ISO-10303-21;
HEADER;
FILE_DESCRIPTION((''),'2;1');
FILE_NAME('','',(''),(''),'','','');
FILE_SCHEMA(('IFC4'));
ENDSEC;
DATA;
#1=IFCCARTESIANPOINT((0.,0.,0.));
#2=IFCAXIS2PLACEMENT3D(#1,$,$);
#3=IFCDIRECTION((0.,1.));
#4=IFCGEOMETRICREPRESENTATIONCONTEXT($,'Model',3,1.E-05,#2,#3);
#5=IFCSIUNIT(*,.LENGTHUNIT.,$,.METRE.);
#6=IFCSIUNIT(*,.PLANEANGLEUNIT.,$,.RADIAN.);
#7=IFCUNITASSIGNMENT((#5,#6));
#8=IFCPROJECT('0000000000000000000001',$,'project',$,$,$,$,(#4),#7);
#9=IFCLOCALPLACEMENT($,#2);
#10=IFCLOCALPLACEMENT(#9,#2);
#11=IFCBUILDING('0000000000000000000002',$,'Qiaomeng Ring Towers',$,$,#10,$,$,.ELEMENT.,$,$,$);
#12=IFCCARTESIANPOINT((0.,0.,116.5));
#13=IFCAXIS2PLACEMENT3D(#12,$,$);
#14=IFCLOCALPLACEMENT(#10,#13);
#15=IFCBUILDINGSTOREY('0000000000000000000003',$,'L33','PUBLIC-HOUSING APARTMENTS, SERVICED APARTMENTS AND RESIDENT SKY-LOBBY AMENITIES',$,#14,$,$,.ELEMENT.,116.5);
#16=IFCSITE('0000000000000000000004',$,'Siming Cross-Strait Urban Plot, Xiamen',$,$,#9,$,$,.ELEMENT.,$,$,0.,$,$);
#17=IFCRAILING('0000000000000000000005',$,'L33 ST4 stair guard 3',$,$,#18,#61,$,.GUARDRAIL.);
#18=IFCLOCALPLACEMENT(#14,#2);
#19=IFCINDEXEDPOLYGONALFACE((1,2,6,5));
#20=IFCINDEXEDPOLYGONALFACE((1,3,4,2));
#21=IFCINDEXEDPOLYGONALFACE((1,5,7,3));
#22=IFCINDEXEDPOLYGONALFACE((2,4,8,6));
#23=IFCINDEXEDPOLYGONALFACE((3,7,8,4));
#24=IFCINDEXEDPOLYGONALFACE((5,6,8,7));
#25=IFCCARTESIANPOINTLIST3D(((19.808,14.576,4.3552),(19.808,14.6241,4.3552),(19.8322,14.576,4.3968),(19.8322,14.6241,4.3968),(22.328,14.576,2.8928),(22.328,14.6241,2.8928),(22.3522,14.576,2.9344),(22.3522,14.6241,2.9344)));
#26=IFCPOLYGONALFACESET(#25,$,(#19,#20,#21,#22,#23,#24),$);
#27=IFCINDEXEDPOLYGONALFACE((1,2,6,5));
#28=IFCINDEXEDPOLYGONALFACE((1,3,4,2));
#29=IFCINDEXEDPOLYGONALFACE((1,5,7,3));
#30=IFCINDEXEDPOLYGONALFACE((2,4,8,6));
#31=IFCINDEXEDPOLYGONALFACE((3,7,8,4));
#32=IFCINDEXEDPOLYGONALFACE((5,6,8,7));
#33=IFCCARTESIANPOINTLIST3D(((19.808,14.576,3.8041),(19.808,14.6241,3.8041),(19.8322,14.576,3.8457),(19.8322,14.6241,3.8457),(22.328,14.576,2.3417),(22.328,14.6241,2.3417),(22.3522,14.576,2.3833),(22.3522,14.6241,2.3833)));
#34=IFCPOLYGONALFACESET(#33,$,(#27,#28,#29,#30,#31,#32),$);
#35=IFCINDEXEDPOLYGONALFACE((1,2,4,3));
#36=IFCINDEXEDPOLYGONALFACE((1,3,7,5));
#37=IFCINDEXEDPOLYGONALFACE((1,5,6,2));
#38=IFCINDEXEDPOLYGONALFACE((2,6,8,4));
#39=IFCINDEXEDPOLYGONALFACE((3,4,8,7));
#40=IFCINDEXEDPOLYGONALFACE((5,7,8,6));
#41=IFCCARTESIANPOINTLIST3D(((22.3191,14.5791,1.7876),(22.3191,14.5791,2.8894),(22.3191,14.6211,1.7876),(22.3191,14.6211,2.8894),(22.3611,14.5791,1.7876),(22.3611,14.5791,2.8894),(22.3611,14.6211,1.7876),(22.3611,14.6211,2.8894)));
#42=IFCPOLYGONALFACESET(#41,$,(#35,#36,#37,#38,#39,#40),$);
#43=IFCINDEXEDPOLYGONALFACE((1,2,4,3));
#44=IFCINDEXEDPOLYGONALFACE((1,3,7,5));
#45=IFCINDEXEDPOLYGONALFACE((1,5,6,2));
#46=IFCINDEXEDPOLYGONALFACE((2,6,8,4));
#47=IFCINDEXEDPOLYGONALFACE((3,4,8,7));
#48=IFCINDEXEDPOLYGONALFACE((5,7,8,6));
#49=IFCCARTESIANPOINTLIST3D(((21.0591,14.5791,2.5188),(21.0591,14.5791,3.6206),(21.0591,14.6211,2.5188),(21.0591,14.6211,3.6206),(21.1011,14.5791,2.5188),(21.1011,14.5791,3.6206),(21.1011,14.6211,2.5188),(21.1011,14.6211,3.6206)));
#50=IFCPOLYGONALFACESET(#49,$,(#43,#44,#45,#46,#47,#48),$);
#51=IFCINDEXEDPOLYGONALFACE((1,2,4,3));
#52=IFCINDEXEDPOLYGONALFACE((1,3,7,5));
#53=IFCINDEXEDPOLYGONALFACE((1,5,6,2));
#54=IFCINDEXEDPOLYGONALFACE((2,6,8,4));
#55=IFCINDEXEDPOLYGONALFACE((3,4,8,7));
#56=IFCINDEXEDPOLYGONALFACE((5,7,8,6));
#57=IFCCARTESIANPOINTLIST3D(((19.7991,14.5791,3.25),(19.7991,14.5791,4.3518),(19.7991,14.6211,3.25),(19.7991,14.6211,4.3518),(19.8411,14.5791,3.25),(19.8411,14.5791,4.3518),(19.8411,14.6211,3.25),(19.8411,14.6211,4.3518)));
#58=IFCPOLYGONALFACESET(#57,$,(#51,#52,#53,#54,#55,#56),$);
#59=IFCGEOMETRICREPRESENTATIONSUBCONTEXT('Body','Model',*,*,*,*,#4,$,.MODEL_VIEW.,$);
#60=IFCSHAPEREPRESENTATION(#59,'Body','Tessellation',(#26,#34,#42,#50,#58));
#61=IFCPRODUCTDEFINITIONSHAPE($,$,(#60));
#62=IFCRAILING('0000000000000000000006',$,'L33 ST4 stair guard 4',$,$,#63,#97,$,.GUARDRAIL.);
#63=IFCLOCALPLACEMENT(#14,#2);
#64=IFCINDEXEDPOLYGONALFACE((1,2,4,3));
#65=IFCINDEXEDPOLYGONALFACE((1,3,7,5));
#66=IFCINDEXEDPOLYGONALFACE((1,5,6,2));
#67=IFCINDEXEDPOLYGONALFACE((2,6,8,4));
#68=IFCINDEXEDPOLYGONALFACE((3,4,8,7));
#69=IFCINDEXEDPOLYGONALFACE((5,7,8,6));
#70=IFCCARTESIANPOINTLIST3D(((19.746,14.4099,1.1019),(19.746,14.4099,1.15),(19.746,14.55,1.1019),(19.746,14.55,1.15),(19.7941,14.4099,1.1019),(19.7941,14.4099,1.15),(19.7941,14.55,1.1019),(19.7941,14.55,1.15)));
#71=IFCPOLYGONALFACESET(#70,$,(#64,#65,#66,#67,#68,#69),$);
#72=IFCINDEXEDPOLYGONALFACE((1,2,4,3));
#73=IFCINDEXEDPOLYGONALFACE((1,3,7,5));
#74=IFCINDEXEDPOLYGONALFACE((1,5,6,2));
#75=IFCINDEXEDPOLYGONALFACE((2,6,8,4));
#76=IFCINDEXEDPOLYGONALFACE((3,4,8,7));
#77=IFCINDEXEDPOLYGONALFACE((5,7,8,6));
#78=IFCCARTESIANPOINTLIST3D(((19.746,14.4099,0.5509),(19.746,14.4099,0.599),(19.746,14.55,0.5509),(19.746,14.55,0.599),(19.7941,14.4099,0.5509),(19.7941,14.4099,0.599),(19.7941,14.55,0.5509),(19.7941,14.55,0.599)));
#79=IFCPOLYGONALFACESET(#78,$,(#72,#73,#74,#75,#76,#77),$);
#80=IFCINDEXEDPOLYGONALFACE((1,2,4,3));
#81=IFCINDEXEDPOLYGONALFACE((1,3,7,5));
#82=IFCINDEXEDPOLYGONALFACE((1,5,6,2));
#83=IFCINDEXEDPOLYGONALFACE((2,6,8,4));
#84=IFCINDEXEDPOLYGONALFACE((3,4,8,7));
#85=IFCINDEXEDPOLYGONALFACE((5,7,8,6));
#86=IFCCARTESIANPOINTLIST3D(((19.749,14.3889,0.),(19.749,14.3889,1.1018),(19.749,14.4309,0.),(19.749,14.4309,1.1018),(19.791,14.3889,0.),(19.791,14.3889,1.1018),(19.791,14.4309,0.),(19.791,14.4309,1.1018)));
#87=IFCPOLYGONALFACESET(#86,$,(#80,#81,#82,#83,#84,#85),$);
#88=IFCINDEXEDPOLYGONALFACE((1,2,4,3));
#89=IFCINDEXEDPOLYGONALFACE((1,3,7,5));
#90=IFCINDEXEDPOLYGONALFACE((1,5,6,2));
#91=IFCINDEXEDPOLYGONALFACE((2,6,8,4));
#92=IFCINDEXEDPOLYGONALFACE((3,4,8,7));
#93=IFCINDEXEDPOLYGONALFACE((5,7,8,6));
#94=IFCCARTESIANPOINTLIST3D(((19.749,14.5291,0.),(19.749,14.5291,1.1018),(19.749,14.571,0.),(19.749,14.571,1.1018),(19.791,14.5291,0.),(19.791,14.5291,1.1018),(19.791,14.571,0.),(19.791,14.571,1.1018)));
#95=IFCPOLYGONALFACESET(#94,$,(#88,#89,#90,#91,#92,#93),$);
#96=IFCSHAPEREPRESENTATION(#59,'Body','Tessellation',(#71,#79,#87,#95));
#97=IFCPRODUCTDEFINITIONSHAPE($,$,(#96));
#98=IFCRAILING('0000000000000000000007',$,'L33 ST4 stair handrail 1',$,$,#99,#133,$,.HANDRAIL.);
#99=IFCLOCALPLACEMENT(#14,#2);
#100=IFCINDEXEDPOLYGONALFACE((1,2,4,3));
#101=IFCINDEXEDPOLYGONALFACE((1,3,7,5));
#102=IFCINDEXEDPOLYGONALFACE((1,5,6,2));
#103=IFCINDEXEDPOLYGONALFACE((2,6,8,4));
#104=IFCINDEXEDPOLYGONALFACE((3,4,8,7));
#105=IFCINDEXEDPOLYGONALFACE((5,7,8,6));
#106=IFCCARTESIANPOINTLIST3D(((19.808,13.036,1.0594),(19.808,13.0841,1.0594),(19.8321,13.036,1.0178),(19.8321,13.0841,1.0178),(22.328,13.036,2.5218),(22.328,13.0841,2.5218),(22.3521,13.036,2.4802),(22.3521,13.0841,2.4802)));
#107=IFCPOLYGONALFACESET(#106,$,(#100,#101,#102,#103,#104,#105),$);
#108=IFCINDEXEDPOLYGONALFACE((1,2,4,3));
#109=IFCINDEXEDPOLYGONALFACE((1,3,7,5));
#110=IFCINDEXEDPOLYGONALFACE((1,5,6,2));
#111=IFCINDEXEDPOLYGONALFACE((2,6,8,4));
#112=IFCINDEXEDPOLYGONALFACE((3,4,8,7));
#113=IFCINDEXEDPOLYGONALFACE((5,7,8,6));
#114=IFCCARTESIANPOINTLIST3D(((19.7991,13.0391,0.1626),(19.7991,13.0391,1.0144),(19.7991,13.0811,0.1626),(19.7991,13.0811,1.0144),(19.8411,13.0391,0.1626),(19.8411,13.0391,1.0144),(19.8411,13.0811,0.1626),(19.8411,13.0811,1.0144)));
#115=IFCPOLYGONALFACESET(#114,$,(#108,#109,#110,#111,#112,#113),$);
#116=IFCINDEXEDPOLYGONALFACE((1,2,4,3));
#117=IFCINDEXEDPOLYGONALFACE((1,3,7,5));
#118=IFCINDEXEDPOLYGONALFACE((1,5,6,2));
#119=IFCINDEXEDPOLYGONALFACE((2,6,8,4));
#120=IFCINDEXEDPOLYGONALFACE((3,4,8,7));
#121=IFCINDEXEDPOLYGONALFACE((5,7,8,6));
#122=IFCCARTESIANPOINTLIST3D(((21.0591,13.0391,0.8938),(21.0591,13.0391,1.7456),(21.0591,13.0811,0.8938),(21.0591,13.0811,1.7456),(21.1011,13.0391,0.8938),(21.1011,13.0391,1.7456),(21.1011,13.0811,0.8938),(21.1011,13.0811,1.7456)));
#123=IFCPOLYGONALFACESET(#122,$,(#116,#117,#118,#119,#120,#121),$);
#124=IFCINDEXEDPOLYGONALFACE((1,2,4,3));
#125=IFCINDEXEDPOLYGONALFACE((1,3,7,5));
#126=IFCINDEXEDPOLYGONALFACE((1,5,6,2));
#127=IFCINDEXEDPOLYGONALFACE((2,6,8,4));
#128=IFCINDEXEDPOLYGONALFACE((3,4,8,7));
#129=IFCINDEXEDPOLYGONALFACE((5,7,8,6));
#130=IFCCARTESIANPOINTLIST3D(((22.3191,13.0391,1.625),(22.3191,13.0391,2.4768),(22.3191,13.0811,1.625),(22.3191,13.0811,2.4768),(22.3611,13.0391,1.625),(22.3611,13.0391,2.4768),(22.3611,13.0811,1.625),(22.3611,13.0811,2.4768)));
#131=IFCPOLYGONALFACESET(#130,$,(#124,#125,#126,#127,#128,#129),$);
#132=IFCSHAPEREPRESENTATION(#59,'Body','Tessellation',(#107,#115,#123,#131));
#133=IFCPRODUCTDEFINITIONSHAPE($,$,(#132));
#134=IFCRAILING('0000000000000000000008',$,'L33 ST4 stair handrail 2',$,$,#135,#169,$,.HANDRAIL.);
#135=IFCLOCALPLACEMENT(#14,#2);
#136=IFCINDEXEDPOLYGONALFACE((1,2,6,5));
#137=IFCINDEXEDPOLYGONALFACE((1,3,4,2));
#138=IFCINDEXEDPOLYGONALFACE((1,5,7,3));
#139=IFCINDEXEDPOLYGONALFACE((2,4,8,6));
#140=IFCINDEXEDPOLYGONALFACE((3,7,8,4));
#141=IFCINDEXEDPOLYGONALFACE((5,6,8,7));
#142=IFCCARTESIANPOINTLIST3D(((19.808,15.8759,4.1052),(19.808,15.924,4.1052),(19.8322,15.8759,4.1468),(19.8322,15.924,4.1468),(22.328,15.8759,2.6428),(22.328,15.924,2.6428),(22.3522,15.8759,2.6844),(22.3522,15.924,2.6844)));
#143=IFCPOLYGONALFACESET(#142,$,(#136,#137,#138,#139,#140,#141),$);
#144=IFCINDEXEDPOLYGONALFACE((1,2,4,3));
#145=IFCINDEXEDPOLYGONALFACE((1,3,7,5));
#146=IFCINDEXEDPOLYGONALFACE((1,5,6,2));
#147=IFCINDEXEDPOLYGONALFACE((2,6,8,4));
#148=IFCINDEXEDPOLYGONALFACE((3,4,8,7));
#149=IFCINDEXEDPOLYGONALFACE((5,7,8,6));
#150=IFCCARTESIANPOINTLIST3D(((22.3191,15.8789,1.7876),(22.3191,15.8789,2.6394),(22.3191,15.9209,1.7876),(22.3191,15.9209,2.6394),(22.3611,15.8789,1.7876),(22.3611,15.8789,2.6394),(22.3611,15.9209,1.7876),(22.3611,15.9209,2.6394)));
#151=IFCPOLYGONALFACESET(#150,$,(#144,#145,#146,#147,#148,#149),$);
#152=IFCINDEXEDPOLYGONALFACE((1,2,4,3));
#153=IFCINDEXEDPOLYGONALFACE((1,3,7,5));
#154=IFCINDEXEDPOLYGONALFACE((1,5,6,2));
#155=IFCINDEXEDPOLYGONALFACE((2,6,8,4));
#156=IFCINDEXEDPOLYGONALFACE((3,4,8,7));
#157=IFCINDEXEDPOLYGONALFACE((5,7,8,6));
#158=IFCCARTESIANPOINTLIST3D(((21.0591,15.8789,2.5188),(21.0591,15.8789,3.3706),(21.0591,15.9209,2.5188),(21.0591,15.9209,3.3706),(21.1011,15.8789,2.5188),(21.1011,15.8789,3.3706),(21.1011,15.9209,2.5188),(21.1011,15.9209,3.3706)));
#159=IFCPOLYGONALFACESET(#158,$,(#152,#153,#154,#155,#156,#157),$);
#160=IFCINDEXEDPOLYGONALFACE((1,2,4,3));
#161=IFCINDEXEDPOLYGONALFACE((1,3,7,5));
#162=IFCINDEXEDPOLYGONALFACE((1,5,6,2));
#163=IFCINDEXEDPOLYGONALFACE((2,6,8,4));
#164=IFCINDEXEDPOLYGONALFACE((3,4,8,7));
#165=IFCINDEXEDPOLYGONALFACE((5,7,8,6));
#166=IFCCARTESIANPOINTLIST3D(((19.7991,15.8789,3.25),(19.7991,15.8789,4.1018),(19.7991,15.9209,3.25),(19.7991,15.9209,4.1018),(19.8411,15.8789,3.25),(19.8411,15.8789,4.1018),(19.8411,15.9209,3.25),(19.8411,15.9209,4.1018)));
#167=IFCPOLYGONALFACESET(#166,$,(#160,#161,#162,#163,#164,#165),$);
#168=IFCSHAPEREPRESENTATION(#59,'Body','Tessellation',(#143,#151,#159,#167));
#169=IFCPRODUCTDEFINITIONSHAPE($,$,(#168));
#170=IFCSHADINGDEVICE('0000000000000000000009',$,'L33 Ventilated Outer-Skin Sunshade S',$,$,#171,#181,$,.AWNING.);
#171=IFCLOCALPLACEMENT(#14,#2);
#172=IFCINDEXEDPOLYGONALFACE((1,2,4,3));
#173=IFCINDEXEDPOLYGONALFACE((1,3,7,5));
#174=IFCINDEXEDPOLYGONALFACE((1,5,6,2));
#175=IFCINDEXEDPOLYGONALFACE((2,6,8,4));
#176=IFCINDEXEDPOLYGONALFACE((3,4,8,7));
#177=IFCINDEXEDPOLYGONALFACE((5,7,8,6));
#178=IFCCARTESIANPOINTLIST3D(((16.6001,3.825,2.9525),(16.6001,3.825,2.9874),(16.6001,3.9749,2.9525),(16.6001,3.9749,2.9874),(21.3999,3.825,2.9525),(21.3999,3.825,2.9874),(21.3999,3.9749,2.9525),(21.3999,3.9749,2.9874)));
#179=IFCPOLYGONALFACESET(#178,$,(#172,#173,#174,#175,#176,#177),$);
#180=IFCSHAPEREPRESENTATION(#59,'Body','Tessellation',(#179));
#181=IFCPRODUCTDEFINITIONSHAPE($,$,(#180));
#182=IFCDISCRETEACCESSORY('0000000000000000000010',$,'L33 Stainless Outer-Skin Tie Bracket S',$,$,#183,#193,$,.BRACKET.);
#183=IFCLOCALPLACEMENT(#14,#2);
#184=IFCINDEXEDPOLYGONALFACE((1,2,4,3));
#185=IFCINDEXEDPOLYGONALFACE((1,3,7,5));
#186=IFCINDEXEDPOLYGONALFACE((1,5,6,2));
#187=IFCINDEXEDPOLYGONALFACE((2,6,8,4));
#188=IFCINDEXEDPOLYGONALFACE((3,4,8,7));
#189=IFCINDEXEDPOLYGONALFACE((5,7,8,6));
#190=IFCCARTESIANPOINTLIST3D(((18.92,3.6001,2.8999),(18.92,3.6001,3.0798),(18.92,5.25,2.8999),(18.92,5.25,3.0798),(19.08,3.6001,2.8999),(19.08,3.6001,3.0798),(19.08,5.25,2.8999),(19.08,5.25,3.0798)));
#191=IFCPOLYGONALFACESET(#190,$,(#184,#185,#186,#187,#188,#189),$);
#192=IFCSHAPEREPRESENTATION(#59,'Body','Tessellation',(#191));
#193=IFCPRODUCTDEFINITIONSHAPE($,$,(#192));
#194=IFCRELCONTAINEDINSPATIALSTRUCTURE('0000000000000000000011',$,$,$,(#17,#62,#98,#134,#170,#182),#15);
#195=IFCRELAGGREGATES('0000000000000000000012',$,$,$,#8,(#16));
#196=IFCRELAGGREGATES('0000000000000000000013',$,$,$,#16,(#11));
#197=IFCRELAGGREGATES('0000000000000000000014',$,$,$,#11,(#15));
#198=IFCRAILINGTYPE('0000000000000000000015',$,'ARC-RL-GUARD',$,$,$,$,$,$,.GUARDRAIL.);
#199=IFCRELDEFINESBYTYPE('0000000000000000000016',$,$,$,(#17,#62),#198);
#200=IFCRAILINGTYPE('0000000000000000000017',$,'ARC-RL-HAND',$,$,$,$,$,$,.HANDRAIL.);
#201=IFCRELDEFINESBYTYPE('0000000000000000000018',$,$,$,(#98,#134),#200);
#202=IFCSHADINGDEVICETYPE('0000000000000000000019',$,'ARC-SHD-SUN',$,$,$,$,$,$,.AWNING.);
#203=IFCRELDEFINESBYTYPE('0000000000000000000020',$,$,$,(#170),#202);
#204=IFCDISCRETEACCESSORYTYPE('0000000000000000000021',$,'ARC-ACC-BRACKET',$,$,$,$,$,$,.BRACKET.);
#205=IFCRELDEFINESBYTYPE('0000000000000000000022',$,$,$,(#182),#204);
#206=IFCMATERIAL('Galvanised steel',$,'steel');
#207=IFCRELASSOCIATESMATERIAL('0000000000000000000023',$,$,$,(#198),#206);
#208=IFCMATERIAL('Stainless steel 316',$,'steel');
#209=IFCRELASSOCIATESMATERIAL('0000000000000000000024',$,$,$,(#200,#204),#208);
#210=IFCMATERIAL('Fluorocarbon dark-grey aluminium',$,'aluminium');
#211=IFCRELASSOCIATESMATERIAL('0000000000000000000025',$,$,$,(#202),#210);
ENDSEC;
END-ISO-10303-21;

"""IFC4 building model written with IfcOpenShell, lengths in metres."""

from ifc_helpers import new_model, si_unit, direction, frame, origin, origin_2d, place, context, subcontext, project, spatial, rectangle, extrude, source, transform, mapped, material, material_profile, profile_set, type_object, element, save


model = new_model("IFC4")

# Units and contexts
model_context = context("Model", 3, precision=1e-05, world=origin(), true_north=direction((0.0, 1.0)))
body_context = subcontext(model_context, "Body", "Model", "MODEL_VIEW")
ifc_project = project(units=[si_unit("LENGTHUNIT", "METRE"), si_unit("PLANEANGLEUNIT", "RADIAN")], contexts=[model_context])

# Site, building, storey
site_placement = place(None, origin())
site = spatial("IfcSite", under=ifc_project, at=site_placement, Name="Siming Cross-Strait Urban Plot, Xiamen", CompositionType="ELEMENT", RefElevation=0.0)
building_placement = place(site_placement, origin())
building = spatial("IfcBuilding", under=site, at=building_placement, Name="Qiaomeng Ring Towers", CompositionType="ELEMENT")
storey_placement = place(building_placement, frame((0.0, 0.0, 116.5)))
storey = spatial("IfcBuildingStorey", under=building, at=storey_placement, Name="L33", Description="PUBLIC-HOUSING APARTMENTS, SERVICED APARTMENTS AND RESIDENT SKY-LOBBY AMENITIES", CompositionType="ELEMENT", Elevation=116.5)

# Shared definitions
ifc_material_1 = material(Name="Fluorocarbon dark-grey aluminium", Category="aluminium")

# Shared definitions
ifc_material_2 = material(Name="Galvanised steel", Category="steel")

# Railings
railing_type_1 = type_object("IfcRailingType", Name="ARC-RL-GUARD", PredefinedType="GUARDRAIL", material=ifc_material_2)
railing_1_placement = place(storey_placement, frame((22.3401, 14.6001, 1.7876)))
element("IfcRailing", 1, at=railing_1_placement, inside=storey, type_object=railing_type_1, Name="L33 ST4 stair guard 3", PredefinedType="GUARDRAIL", context=body_context, shape_type="SweptSolid", body=[
    extrude(rectangle(XDim=0.0481, YDim=0.0481, at=origin_2d()), frame((0.0, 0.0, 1.126), z_axis=(-0.864913, 0.0, 0.501921), x_axis=(0.0, -1.0, 0.0)), (0.0, 0.0, 1.0), 2.9136),
    extrude(rectangle(XDim=0.0481, YDim=0.0481, at=origin_2d()), frame((0.0, 0.0, 0.575), z_axis=(-0.864913, 0.0, 0.501921), x_axis=(0.0, -1.0, 0.0)), (0.0, 0.0, 1.0), 2.9136),
    extrude(rectangle(XDim=0.042, YDim=0.042, at=origin_2d()), origin(), (0.0, 0.0, 1.0), 1.1018),
    extrude(rectangle(XDim=0.042, YDim=0.042, at=origin_2d()), frame((-1.26, 0.0, 0.7312)), (0.0, 0.0, 1.0), 1.1018),
    extrude(rectangle(XDim=0.042, YDim=0.042, at=origin_2d()), frame((-2.52, 0.0, 1.4624)), (0.0, 0.0, 1.0), 1.1018),
])
railing_2_placement = place(storey_placement, frame((19.77, 14.4099, 0.0)))
element("IfcRailing", 2, at=railing_2_placement, inside=storey, type_object=railing_type_1, Name="L33 ST4 stair guard 4", PredefinedType="GUARDRAIL", context=body_context, shape_type="SweptSolid", body=[
    extrude(rectangle(XDim=0.0481, YDim=0.0481, at=origin_2d()), frame((0.0, 0.0, 1.126), z_axis=(0.0, 1.0, 0.0), x_axis=(-1.0, 0.0, 0.0)), (0.0, 0.0, 1.0), 0.1401),
    extrude(rectangle(XDim=0.0481, YDim=0.0481, at=origin_2d()), frame((0.0, 0.0, 0.575), z_axis=(0.0, 1.0, 0.0), x_axis=(-1.0, 0.0, 0.0)), (0.0, 0.0, 1.0), 0.1401),
    extrude(rectangle(XDim=0.042, YDim=0.042, at=origin_2d()), origin(), (0.0, 0.0, 1.0), 1.1018),
    extrude(rectangle(XDim=0.042, YDim=0.042, at=origin_2d()), frame((0.0, 0.1401, 0.0)), (0.0, 0.0, 1.0), 1.1018),
])
ifc_material_3 = material(Name="Stainless steel 316", Category="steel")
railing_type_2 = type_object("IfcRailingType", Name="ARC-RL-HAND", PredefinedType="HANDRAIL", material=ifc_material_3)
railing_3_placement = place(storey_placement, frame((19.8201, 13.0601, 0.1626)))
element("IfcRailing", 3, at=railing_3_placement, inside=storey, type_object=railing_type_2, Name="L33 ST4 stair handrail 1", PredefinedType="HANDRAIL", context=body_context, shape_type="SweptSolid", body=[
    extrude(rectangle(XDim=0.0481, YDim=0.0481, at=origin_2d()), frame((0.0, 0.0, 0.876), z_axis=(0.864913, 0.0, 0.501921), x_axis=(0.0, 1.0, 0.0)), (0.0, 0.0, 1.0), 2.9136),
    extrude(rectangle(XDim=0.042, YDim=0.042, at=origin_2d()), origin(), (0.0, 0.0, 1.0), 0.8518),
    extrude(rectangle(XDim=0.042, YDim=0.042, at=origin_2d()), frame((1.26, 0.0, 0.7312)), (0.0, 0.0, 1.0), 0.8518),
    extrude(rectangle(XDim=0.042, YDim=0.042, at=origin_2d()), frame((2.52, 0.0, 1.4624)), (0.0, 0.0, 1.0), 0.8518),
])
railing_4_placement = place(storey_placement, frame((22.3401, 15.8999, 1.7876)))
element("IfcRailing", 4, at=railing_4_placement, inside=storey, type_object=railing_type_2, Name="L33 ST4 stair handrail 2", PredefinedType="HANDRAIL", context=body_context, shape_type="SweptSolid", body=[
    extrude(rectangle(XDim=0.0481, YDim=0.0481, at=origin_2d()), frame((0.0, 0.0, 0.876), z_axis=(-0.864913, 0.0, 0.501921), x_axis=(0.0, -1.0, 0.0)), (0.0, 0.0, 1.0), 2.9136),
    extrude(rectangle(XDim=0.042, YDim=0.042, at=origin_2d()), origin(), (0.0, 0.0, 1.0), 0.8518),
    extrude(rectangle(XDim=0.042, YDim=0.042, at=origin_2d()), frame((-1.26, 0.0, 0.7312)), (0.0, 0.0, 1.0), 0.8518),
    extrude(rectangle(XDim=0.042, YDim=0.042, at=origin_2d()), frame((-2.52, 0.0, 1.4624)), (0.0, 0.0, 1.0), 0.8518),
])

# Shading device
ifc_material_profile_1 = material_profile(ifc_material_1, rectangle(XDim=0.1499, YDim=0.0349, at=origin_2d()), Name="LV BLADE 150x35")
ifc_profile_set_1 = profile_set([ifc_material_profile_1], Name="Fluorocarbon dark-grey aluminium")
shading_device_type = type_object("IfcShadingDeviceType", Name="ARC-SHD-SUN", PredefinedType="AWNING", material=ifc_profile_set_1)
shared_shape_1 = source(origin(), body_context, "Body", "SweptSolid", [
    extrude(rectangle(XDim=0.1499, YDim=0.0349, at=origin_2d()), origin(), (0.0, 0.0, 1.0), 4.7998),
])
shading_device_placement = place(storey_placement, frame((16.6001, 3.8999, 2.97), z_axis=(1.0, 0.0, 0.0), x_axis=(0.0, 1.0, 0.0)))
element("IfcShadingDevice", 5, at=shading_device_placement, inside=storey, type_object=shading_device_type, Name="L33 Ventilated Outer-Skin Sunshade S", PredefinedType="AWNING", context=body_context, shape_type="MappedRepresentation", body=[
    mapped(shared_shape_1, transform((0.0, 0.0, 0.0), x_axis=(1.0, 0.0, 0.0), y_axis=(0.0, 1.0, 0.0), z_axis=(0.0, 0.0, 1.0), scale=1.0)),
])

# Discrete accessory
discrete_accessory_type = type_object("IfcDiscreteAccessoryType", Name="ARC-ACC-BRACKET", PredefinedType="BRACKET", material=ifc_material_3)
shared_shape_2 = source(origin(), body_context, "Body", "SweptSolid", [
    extrude(rectangle(XDim=0.1599, YDim=1.6499, at=origin_2d()), origin(), (0.0, 0.0, 1.0), 0.1799),
])
discrete_accessory_placement = place(storey_placement, frame((19.0, 4.425, 2.8999), z_axis=(0.0, 0.0, 1.0), x_axis=(1.0, 0.0, 0.0)))
element("IfcDiscreteAccessory", 6, at=discrete_accessory_placement, inside=storey, type_object=discrete_accessory_type, Name="L33 Stainless Outer-Skin Tie Bracket S", PredefinedType="BRACKET", context=body_context, shape_type="MappedRepresentation", body=[
    mapped(shared_shape_2, transform((0.0, 0.0, 0.0), x_axis=(1.0, 0.0, 0.0), y_axis=(0.0, 1.0, 0.0), z_axis=(0.0, 0.0, 1.0), scale=1.0)),
])

save(model, "model.ifc")
